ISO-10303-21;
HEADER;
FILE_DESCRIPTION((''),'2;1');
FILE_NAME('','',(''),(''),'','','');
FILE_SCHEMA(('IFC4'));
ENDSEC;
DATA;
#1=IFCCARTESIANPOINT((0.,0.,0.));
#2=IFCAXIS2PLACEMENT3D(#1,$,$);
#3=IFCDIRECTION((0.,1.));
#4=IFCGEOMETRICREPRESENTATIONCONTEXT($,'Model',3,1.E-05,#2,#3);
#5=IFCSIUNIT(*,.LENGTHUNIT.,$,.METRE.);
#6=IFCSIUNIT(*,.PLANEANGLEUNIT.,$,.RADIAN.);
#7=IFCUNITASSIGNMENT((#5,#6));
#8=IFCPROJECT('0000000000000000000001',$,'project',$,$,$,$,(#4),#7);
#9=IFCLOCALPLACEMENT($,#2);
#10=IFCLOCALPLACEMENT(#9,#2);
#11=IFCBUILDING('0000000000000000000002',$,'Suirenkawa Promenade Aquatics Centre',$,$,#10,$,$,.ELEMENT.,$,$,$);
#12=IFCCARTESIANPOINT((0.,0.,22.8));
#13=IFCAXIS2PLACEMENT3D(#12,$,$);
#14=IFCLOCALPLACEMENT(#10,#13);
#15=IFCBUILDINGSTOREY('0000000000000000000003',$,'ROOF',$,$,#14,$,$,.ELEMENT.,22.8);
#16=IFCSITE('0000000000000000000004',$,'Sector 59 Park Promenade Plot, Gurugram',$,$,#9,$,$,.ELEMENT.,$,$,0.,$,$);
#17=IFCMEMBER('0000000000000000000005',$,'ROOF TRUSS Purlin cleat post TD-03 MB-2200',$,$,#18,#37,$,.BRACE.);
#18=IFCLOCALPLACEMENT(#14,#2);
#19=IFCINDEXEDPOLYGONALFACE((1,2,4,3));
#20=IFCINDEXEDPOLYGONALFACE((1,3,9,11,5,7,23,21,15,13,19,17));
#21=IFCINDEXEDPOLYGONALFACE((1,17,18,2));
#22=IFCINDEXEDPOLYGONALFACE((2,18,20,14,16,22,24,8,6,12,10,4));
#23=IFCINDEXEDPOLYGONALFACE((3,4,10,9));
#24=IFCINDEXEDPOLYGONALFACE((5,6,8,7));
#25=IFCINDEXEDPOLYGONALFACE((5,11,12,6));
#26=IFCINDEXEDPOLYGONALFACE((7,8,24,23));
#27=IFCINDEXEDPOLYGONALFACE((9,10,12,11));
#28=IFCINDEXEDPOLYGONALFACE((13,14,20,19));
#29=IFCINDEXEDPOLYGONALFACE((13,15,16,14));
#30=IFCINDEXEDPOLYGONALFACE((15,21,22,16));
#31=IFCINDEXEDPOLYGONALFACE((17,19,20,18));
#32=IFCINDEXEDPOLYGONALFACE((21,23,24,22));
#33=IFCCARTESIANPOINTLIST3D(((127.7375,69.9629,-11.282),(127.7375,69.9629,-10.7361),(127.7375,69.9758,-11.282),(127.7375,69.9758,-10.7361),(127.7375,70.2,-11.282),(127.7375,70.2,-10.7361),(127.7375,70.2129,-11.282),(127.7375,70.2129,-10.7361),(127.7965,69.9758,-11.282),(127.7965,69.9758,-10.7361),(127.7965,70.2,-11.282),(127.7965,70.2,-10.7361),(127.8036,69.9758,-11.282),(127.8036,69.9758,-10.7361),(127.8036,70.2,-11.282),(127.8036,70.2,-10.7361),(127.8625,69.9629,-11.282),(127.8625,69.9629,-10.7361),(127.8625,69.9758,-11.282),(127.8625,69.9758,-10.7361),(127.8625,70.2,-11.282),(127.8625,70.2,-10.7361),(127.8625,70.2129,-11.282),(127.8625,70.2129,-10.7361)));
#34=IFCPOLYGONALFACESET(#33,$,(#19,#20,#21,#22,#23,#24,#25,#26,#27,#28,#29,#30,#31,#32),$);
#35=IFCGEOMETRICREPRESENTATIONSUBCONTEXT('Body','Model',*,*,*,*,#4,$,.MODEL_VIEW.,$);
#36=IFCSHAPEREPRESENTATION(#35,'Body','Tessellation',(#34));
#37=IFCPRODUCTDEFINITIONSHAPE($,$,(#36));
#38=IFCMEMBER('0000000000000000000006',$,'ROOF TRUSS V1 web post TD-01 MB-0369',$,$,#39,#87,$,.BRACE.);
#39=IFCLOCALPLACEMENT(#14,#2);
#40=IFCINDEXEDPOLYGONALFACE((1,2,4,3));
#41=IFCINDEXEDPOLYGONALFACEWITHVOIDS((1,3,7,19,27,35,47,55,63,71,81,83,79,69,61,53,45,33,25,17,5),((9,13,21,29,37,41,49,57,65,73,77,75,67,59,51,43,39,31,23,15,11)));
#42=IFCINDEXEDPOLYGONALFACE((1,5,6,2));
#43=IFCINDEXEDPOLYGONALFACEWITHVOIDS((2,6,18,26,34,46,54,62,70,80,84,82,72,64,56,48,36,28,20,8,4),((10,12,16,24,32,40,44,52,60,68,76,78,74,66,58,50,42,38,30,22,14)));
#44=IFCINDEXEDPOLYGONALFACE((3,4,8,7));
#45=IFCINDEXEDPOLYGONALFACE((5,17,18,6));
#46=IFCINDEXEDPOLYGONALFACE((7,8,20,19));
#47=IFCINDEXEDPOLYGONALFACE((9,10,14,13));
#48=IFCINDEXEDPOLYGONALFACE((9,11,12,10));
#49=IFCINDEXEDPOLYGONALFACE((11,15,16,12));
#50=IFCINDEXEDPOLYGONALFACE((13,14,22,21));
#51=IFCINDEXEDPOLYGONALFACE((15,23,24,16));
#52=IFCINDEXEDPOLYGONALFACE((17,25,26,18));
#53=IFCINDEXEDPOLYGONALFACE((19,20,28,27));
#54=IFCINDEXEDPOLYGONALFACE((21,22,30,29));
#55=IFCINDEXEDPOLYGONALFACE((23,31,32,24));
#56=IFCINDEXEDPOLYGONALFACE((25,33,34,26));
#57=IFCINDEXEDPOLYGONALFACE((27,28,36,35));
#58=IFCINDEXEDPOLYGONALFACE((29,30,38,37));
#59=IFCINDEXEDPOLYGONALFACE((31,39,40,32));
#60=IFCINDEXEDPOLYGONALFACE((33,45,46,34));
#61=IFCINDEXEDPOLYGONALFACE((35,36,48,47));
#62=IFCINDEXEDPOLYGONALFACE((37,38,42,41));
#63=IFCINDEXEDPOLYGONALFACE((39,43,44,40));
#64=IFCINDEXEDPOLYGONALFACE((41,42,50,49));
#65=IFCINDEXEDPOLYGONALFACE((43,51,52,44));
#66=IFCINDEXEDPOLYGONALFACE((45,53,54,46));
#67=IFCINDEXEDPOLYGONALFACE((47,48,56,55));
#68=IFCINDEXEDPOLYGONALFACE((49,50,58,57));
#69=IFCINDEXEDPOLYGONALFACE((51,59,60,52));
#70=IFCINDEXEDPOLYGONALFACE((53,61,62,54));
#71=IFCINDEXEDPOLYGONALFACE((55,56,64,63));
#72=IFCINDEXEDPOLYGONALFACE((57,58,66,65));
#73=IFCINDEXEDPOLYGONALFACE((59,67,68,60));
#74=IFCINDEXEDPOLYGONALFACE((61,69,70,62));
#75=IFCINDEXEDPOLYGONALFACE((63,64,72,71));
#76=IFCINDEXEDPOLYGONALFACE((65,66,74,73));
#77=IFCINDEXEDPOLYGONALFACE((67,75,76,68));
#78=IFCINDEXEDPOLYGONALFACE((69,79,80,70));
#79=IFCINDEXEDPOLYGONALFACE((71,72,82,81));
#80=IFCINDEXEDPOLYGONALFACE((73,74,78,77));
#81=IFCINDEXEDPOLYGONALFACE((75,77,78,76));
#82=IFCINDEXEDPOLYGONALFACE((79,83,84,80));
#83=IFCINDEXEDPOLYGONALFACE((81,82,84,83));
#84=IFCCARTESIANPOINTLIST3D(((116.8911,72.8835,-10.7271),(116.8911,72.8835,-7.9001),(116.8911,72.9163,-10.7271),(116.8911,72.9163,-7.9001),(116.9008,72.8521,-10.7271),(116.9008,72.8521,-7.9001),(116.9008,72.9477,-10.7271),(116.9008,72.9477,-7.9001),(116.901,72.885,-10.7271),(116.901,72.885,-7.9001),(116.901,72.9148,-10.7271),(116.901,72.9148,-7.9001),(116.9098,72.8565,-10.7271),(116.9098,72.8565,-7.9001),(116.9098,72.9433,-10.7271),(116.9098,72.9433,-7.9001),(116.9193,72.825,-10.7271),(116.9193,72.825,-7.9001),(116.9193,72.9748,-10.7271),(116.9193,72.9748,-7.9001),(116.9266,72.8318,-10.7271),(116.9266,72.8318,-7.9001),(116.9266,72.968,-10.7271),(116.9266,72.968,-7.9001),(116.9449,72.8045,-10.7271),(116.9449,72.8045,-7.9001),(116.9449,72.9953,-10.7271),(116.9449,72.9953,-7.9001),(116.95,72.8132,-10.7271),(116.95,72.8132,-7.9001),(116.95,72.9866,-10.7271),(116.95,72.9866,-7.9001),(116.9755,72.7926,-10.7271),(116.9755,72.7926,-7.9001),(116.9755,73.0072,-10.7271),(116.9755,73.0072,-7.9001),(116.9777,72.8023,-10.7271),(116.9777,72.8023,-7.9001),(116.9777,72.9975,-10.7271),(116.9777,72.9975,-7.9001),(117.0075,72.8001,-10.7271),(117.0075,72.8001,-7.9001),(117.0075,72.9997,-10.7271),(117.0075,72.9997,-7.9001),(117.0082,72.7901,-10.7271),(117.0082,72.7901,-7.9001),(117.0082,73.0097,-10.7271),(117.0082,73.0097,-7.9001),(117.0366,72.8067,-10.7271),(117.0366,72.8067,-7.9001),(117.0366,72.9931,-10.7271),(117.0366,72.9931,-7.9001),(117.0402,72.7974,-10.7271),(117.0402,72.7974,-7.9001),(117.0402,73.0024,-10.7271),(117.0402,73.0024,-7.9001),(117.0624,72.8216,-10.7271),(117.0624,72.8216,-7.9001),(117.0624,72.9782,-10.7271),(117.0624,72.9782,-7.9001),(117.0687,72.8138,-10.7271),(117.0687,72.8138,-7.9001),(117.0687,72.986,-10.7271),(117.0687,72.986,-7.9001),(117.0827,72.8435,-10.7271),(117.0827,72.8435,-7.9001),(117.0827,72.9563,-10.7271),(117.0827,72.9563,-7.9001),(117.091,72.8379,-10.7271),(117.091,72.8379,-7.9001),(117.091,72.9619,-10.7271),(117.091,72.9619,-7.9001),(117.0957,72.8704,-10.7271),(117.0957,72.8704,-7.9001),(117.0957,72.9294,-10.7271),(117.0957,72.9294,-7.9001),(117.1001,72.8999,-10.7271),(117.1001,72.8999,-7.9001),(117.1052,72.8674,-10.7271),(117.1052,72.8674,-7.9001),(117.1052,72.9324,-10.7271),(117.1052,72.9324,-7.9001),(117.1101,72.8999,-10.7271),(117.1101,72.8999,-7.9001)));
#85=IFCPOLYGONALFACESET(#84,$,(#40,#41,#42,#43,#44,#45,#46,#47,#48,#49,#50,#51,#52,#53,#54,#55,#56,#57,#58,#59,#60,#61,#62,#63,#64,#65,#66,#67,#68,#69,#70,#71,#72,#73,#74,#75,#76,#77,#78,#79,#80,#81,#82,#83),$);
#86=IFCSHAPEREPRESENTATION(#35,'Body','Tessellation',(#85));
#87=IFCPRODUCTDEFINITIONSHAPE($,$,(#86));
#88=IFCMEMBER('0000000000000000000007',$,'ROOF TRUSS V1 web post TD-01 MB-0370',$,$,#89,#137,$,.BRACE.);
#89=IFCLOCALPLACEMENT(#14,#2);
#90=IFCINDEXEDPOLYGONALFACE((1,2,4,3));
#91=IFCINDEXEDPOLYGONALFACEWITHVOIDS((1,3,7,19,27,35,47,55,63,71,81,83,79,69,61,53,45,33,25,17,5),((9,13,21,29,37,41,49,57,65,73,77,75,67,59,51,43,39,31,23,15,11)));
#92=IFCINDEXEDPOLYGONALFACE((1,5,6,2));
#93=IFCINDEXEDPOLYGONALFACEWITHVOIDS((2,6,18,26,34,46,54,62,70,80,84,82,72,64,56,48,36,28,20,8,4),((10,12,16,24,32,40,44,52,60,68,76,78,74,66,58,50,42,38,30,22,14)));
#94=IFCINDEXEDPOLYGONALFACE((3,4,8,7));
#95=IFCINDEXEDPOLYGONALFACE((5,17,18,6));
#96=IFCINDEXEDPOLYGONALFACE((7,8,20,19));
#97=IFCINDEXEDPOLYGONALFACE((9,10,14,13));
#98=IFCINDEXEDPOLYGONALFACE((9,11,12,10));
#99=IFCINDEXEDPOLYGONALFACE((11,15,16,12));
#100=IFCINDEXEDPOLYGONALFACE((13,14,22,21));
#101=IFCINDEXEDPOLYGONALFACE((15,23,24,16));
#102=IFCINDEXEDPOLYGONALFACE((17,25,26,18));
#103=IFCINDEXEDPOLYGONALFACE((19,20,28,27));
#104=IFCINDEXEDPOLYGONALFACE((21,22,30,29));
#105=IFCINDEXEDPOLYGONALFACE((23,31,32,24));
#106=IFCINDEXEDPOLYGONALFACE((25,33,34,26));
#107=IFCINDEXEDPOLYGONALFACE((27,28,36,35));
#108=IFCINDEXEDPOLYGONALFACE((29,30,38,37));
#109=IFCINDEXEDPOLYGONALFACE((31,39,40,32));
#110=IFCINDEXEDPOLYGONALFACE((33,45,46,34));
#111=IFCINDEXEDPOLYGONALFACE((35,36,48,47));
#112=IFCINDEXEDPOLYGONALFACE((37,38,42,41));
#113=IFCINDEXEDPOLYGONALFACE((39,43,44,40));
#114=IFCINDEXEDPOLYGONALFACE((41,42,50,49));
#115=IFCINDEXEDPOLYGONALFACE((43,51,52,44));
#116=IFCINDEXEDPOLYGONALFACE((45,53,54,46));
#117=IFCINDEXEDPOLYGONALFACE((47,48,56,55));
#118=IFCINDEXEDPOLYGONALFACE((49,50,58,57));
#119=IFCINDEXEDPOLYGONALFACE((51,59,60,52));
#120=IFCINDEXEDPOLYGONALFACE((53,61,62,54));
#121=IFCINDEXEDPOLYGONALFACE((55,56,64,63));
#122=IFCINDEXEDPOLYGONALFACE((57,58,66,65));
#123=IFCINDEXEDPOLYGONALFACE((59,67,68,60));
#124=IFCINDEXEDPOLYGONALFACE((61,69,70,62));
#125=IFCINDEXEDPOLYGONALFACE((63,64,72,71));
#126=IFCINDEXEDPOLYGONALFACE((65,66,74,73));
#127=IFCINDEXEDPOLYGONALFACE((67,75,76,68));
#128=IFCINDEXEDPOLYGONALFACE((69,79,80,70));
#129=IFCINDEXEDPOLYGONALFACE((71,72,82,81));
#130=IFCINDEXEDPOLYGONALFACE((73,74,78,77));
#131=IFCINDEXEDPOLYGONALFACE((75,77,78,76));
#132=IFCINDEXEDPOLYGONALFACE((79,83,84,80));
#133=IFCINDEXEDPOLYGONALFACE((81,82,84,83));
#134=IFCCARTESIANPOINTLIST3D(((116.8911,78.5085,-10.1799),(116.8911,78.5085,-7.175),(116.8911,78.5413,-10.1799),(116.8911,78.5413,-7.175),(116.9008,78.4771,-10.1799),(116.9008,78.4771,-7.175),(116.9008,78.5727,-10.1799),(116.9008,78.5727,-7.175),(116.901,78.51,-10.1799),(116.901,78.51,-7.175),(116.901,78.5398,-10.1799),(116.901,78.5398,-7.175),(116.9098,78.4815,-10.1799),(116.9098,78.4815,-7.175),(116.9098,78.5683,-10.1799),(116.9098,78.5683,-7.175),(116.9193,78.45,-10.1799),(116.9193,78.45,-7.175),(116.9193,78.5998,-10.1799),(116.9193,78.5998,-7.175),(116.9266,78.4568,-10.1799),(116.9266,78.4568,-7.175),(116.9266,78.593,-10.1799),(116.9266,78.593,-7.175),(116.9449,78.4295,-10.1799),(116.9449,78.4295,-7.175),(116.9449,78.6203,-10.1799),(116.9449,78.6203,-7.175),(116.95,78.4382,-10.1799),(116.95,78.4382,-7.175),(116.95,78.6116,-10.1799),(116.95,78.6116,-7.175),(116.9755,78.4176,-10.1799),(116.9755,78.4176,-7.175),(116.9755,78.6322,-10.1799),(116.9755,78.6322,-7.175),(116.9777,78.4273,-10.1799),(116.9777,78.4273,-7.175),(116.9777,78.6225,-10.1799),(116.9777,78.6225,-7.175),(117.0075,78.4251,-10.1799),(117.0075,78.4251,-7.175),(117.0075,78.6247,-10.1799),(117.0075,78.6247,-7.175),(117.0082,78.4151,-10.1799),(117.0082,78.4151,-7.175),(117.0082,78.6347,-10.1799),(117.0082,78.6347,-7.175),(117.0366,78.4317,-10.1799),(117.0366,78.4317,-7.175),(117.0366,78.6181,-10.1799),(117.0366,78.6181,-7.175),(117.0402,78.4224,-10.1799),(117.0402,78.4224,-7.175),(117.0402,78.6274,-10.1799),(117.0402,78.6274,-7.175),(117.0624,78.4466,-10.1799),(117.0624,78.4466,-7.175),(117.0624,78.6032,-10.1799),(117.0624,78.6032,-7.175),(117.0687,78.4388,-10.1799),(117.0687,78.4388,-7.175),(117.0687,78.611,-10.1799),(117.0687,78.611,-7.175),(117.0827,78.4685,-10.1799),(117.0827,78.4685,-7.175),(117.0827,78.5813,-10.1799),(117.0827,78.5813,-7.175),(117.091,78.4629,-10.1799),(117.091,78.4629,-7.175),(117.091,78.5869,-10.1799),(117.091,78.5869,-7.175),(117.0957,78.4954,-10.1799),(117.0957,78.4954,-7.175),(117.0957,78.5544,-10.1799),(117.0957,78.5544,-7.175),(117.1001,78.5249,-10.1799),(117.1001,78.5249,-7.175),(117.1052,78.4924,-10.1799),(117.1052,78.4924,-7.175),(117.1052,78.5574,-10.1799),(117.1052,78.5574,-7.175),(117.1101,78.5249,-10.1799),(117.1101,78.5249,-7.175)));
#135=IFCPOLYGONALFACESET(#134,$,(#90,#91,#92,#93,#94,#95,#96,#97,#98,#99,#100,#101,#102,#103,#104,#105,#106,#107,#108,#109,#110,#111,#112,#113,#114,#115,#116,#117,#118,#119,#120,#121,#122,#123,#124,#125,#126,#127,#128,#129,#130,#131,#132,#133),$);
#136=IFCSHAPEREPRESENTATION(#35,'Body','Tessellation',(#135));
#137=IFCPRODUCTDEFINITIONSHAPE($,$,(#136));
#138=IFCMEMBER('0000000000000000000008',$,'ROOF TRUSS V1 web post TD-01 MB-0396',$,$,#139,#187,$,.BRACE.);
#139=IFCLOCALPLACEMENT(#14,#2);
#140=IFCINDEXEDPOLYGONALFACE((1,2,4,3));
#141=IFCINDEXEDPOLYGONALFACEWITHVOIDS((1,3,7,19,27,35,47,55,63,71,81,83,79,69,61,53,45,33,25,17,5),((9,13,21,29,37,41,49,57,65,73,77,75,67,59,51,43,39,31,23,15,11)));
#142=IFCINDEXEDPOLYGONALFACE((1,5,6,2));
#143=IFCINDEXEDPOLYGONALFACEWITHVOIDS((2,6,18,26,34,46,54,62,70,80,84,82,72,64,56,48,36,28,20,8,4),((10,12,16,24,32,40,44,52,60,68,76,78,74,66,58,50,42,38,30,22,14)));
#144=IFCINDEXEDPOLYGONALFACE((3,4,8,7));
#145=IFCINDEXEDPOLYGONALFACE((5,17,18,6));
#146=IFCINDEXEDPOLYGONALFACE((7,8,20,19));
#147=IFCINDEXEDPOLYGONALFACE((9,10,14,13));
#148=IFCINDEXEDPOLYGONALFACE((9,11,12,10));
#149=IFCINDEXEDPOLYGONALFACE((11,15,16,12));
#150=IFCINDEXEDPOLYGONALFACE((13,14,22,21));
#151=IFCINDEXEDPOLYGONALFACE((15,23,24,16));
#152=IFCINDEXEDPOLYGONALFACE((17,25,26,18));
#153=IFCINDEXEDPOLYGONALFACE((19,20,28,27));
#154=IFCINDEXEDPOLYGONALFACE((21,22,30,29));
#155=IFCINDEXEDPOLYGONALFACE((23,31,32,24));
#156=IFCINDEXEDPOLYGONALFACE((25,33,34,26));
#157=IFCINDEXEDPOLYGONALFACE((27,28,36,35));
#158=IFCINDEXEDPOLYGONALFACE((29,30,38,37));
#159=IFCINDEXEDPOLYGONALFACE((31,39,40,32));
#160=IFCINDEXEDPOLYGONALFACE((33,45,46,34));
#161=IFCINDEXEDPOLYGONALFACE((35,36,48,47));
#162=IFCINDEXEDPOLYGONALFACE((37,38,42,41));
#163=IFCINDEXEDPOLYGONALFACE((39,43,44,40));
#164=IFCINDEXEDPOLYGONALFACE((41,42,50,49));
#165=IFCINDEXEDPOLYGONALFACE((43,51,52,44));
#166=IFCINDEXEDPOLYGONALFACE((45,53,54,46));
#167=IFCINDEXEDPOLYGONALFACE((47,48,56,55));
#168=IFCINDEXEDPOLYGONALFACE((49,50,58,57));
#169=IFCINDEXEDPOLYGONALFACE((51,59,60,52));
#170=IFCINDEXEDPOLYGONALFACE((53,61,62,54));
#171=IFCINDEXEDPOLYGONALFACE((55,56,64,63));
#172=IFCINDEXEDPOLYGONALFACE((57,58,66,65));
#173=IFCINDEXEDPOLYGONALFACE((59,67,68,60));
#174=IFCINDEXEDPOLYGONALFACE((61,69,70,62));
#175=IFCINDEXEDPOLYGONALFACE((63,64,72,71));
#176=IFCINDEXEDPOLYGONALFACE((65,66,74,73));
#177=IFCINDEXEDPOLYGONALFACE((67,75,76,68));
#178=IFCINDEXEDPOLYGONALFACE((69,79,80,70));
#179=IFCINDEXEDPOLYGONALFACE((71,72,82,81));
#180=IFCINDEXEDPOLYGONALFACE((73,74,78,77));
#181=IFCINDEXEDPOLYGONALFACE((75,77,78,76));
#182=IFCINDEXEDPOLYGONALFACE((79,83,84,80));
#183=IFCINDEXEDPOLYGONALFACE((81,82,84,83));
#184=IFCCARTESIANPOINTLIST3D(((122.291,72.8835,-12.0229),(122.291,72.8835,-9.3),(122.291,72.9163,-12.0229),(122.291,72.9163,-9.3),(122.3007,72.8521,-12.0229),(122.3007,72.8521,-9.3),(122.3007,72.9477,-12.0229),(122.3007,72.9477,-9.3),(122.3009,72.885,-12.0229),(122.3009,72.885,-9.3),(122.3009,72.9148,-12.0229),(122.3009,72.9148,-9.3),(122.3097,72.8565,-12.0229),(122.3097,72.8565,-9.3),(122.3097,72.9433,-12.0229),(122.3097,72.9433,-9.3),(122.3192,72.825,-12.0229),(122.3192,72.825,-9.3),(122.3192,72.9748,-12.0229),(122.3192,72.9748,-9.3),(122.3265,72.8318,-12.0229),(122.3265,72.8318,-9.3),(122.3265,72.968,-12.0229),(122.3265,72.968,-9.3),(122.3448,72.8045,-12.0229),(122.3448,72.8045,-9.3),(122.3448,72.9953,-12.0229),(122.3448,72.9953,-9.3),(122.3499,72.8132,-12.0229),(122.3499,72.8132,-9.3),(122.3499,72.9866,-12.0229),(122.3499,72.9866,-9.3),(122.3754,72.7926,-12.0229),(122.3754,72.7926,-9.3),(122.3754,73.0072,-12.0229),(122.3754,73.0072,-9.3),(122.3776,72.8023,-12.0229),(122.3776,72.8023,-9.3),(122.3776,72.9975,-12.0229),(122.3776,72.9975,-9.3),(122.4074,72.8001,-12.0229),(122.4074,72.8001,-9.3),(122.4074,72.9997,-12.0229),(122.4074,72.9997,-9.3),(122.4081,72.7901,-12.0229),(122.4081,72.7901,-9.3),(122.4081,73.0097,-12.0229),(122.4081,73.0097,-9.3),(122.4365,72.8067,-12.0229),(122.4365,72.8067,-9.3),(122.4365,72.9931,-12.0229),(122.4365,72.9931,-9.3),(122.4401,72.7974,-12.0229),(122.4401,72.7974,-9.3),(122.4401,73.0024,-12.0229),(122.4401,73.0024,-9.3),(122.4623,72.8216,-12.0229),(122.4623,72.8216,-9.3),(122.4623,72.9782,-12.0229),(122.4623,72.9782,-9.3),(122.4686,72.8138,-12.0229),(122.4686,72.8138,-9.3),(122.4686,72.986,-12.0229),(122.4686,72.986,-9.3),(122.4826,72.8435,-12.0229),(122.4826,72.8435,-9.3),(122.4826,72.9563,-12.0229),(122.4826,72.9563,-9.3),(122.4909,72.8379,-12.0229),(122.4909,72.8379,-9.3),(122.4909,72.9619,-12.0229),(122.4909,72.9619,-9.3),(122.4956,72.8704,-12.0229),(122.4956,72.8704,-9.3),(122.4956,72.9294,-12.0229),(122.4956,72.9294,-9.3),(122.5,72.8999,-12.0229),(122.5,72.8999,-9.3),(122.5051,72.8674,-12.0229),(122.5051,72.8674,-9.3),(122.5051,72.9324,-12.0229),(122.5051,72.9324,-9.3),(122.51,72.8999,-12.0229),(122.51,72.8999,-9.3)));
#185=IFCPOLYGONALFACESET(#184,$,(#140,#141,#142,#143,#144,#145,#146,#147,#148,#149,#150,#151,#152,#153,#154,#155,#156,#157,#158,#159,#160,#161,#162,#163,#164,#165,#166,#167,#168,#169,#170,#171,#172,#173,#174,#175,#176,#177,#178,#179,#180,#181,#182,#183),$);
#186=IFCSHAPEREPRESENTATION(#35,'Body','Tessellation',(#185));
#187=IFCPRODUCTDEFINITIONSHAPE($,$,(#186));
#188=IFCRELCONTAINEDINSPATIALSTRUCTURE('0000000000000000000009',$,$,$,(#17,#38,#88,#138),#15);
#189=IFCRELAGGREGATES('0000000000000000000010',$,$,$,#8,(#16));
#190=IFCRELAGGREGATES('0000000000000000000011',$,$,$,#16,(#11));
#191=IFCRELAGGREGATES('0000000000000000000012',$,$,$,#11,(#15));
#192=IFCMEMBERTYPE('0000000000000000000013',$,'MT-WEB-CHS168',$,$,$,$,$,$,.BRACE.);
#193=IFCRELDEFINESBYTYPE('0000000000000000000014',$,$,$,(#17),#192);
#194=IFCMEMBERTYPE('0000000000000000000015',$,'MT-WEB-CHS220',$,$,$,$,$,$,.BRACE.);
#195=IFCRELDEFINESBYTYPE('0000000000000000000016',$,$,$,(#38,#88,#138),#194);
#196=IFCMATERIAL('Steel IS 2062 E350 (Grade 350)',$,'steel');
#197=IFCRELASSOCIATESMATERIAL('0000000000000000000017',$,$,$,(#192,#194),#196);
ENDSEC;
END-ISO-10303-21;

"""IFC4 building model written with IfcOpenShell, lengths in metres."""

from ifc_helpers import new_model, si_unit, direction, frame, origin, origin_2d, place, context, subcontext, project, spatial, hollow_circle, i_section, extrude, material, material_profile, profile_set, type_object, element, save


model = new_model("IFC4")

# Units and contexts
model_context = context("Model", 3, precision=1e-05, world=origin(), true_north=direction((0.0, 1.0)))
body_context = subcontext(model_context, "Body", "Model", "MODEL_VIEW")
ifc_project = project(units=[si_unit("LENGTHUNIT", "METRE"), si_unit("PLANEANGLEUNIT", "RADIAN")], contexts=[model_context])

# Site, building, storey
site_placement = place(None, origin())
site = spatial("IfcSite", under=ifc_project, at=site_placement, Name="Sector 59 Park Promenade Plot, Gurugram", CompositionType="ELEMENT", RefElevation=0.0)
building_placement = place(site_placement, origin())
building = spatial("IfcBuilding", under=site, at=building_placement, Name="Suirenkawa Promenade Aquatics Centre", CompositionType="ELEMENT")
storey_placement = place(building_placement, frame((0.0, 0.0, 22.8)))
storey = spatial("IfcBuildingStorey", under=building, at=storey_placement, Name="ROOF", CompositionType="ELEMENT", Elevation=22.8)

# Shared definitions
ifc_material = material(Name="Steel IS 2062 E350 (Grade 350)", Category="steel")

# Members
ifc_material_profile_1 = material_profile(ifc_material, i_section(OverallWidth=0.125, OverallDepth=0.25, WebThickness=0.0071, FlangeThickness=0.0129, at=origin_2d()), Name="ISMB 250", Category="steel")
ifc_profile_set_1 = profile_set([ifc_material_profile_1], Name="Steel IS 2062 E350 (Grade 350)")
member_type_1 = type_object("IfcMemberType", Name="MT-WEB-CHS168", PredefinedType="BRACE", material=ifc_profile_set_1)
for number, where, z_axis, x_axis, name in (
    (1, (127.8, 70.0879, -11.282), (0.0, 0.0, 1.0), (1.0, 0.0, 0.0), "ROOF TRUSS Purlin cleat post TD-03 MB-2200"),
):
    element("IfcMember", number, at=place(storey_placement, frame(where, z_axis=z_axis, x_axis=x_axis)), inside=storey, type_object=member_type_1, Name=name, PredefinedType="BRACE", context=body_context, shape_type="SweptSolid", body=[
        extrude(i_section(OverallWidth=0.125, OverallDepth=0.25, WebThickness=0.0071, FlangeThickness=0.0129, at=origin_2d()), origin(), (0.0, 0.0, 1.0), 0.5459),
    ])
ifc_material_profile_2 = material_profile(ifc_material, hollow_circle(Radius=0.1101, WallThickness=0.01, at=origin_2d()), Name="CHS 220x10", Category="steel")
ifc_profile_set_2 = profile_set([ifc_material_profile_2], Name="Steel IS 2062 E350 (Grade 350)")
member_type_2 = type_object("IfcMemberType", Name="MT-WEB-CHS220", PredefinedType="BRACE", material=ifc_profile_set_2)
member_1_placement = place(storey_placement, frame((117.0, 72.8999, -10.7271), z_axis=(0.0, 0.0, 1.0), x_axis=(1.0, 0.0, 0.0)))
element("IfcMember", 2, at=member_1_placement, inside=storey, type_object=member_type_2, Name="ROOF TRUSS V1 web post TD-01 MB-0369", PredefinedType="BRACE", context=body_context, shape_type="SweptSolid", body=[
    extrude(hollow_circle(Radius=0.1101, WallThickness=0.01, at=origin_2d()), origin(), (0.0, 0.0, 1.0), 2.8269),
])
member_2_placement = place(storey_placement, frame((117.0, 78.5249, -10.1799), z_axis=(0.0, 0.0, 1.0), x_axis=(1.0, 0.0, 0.0)))
element("IfcMember", 3, at=member_2_placement, inside=storey, type_object=member_type_2, Name="ROOF TRUSS V1 web post TD-01 MB-0370", PredefinedType="BRACE", context=body_context, shape_type="SweptSolid", body=[
    extrude(hollow_circle(Radius=0.1101, WallThickness=0.01, at=origin_2d()), origin(), (0.0, 0.0, 1.0), 3.0049),
])
member_3_placement = place(storey_placement, frame((122.3999, 72.8999, -12.0229), z_axis=(0.0, 0.0, 1.0), x_axis=(1.0, 0.0, 0.0)))
element("IfcMember", 4, at=member_3_placement, inside=storey, type_object=member_type_2, Name="ROOF TRUSS V1 web post TD-01 MB-0396", PredefinedType="BRACE", context=body_context, shape_type="SweptSolid", body=[
    extrude(hollow_circle(Radius=0.1101, WallThickness=0.01, at=origin_2d()), origin(), (0.0, 0.0, 1.0), 2.7229),
])

save(model, "model.ifc")
